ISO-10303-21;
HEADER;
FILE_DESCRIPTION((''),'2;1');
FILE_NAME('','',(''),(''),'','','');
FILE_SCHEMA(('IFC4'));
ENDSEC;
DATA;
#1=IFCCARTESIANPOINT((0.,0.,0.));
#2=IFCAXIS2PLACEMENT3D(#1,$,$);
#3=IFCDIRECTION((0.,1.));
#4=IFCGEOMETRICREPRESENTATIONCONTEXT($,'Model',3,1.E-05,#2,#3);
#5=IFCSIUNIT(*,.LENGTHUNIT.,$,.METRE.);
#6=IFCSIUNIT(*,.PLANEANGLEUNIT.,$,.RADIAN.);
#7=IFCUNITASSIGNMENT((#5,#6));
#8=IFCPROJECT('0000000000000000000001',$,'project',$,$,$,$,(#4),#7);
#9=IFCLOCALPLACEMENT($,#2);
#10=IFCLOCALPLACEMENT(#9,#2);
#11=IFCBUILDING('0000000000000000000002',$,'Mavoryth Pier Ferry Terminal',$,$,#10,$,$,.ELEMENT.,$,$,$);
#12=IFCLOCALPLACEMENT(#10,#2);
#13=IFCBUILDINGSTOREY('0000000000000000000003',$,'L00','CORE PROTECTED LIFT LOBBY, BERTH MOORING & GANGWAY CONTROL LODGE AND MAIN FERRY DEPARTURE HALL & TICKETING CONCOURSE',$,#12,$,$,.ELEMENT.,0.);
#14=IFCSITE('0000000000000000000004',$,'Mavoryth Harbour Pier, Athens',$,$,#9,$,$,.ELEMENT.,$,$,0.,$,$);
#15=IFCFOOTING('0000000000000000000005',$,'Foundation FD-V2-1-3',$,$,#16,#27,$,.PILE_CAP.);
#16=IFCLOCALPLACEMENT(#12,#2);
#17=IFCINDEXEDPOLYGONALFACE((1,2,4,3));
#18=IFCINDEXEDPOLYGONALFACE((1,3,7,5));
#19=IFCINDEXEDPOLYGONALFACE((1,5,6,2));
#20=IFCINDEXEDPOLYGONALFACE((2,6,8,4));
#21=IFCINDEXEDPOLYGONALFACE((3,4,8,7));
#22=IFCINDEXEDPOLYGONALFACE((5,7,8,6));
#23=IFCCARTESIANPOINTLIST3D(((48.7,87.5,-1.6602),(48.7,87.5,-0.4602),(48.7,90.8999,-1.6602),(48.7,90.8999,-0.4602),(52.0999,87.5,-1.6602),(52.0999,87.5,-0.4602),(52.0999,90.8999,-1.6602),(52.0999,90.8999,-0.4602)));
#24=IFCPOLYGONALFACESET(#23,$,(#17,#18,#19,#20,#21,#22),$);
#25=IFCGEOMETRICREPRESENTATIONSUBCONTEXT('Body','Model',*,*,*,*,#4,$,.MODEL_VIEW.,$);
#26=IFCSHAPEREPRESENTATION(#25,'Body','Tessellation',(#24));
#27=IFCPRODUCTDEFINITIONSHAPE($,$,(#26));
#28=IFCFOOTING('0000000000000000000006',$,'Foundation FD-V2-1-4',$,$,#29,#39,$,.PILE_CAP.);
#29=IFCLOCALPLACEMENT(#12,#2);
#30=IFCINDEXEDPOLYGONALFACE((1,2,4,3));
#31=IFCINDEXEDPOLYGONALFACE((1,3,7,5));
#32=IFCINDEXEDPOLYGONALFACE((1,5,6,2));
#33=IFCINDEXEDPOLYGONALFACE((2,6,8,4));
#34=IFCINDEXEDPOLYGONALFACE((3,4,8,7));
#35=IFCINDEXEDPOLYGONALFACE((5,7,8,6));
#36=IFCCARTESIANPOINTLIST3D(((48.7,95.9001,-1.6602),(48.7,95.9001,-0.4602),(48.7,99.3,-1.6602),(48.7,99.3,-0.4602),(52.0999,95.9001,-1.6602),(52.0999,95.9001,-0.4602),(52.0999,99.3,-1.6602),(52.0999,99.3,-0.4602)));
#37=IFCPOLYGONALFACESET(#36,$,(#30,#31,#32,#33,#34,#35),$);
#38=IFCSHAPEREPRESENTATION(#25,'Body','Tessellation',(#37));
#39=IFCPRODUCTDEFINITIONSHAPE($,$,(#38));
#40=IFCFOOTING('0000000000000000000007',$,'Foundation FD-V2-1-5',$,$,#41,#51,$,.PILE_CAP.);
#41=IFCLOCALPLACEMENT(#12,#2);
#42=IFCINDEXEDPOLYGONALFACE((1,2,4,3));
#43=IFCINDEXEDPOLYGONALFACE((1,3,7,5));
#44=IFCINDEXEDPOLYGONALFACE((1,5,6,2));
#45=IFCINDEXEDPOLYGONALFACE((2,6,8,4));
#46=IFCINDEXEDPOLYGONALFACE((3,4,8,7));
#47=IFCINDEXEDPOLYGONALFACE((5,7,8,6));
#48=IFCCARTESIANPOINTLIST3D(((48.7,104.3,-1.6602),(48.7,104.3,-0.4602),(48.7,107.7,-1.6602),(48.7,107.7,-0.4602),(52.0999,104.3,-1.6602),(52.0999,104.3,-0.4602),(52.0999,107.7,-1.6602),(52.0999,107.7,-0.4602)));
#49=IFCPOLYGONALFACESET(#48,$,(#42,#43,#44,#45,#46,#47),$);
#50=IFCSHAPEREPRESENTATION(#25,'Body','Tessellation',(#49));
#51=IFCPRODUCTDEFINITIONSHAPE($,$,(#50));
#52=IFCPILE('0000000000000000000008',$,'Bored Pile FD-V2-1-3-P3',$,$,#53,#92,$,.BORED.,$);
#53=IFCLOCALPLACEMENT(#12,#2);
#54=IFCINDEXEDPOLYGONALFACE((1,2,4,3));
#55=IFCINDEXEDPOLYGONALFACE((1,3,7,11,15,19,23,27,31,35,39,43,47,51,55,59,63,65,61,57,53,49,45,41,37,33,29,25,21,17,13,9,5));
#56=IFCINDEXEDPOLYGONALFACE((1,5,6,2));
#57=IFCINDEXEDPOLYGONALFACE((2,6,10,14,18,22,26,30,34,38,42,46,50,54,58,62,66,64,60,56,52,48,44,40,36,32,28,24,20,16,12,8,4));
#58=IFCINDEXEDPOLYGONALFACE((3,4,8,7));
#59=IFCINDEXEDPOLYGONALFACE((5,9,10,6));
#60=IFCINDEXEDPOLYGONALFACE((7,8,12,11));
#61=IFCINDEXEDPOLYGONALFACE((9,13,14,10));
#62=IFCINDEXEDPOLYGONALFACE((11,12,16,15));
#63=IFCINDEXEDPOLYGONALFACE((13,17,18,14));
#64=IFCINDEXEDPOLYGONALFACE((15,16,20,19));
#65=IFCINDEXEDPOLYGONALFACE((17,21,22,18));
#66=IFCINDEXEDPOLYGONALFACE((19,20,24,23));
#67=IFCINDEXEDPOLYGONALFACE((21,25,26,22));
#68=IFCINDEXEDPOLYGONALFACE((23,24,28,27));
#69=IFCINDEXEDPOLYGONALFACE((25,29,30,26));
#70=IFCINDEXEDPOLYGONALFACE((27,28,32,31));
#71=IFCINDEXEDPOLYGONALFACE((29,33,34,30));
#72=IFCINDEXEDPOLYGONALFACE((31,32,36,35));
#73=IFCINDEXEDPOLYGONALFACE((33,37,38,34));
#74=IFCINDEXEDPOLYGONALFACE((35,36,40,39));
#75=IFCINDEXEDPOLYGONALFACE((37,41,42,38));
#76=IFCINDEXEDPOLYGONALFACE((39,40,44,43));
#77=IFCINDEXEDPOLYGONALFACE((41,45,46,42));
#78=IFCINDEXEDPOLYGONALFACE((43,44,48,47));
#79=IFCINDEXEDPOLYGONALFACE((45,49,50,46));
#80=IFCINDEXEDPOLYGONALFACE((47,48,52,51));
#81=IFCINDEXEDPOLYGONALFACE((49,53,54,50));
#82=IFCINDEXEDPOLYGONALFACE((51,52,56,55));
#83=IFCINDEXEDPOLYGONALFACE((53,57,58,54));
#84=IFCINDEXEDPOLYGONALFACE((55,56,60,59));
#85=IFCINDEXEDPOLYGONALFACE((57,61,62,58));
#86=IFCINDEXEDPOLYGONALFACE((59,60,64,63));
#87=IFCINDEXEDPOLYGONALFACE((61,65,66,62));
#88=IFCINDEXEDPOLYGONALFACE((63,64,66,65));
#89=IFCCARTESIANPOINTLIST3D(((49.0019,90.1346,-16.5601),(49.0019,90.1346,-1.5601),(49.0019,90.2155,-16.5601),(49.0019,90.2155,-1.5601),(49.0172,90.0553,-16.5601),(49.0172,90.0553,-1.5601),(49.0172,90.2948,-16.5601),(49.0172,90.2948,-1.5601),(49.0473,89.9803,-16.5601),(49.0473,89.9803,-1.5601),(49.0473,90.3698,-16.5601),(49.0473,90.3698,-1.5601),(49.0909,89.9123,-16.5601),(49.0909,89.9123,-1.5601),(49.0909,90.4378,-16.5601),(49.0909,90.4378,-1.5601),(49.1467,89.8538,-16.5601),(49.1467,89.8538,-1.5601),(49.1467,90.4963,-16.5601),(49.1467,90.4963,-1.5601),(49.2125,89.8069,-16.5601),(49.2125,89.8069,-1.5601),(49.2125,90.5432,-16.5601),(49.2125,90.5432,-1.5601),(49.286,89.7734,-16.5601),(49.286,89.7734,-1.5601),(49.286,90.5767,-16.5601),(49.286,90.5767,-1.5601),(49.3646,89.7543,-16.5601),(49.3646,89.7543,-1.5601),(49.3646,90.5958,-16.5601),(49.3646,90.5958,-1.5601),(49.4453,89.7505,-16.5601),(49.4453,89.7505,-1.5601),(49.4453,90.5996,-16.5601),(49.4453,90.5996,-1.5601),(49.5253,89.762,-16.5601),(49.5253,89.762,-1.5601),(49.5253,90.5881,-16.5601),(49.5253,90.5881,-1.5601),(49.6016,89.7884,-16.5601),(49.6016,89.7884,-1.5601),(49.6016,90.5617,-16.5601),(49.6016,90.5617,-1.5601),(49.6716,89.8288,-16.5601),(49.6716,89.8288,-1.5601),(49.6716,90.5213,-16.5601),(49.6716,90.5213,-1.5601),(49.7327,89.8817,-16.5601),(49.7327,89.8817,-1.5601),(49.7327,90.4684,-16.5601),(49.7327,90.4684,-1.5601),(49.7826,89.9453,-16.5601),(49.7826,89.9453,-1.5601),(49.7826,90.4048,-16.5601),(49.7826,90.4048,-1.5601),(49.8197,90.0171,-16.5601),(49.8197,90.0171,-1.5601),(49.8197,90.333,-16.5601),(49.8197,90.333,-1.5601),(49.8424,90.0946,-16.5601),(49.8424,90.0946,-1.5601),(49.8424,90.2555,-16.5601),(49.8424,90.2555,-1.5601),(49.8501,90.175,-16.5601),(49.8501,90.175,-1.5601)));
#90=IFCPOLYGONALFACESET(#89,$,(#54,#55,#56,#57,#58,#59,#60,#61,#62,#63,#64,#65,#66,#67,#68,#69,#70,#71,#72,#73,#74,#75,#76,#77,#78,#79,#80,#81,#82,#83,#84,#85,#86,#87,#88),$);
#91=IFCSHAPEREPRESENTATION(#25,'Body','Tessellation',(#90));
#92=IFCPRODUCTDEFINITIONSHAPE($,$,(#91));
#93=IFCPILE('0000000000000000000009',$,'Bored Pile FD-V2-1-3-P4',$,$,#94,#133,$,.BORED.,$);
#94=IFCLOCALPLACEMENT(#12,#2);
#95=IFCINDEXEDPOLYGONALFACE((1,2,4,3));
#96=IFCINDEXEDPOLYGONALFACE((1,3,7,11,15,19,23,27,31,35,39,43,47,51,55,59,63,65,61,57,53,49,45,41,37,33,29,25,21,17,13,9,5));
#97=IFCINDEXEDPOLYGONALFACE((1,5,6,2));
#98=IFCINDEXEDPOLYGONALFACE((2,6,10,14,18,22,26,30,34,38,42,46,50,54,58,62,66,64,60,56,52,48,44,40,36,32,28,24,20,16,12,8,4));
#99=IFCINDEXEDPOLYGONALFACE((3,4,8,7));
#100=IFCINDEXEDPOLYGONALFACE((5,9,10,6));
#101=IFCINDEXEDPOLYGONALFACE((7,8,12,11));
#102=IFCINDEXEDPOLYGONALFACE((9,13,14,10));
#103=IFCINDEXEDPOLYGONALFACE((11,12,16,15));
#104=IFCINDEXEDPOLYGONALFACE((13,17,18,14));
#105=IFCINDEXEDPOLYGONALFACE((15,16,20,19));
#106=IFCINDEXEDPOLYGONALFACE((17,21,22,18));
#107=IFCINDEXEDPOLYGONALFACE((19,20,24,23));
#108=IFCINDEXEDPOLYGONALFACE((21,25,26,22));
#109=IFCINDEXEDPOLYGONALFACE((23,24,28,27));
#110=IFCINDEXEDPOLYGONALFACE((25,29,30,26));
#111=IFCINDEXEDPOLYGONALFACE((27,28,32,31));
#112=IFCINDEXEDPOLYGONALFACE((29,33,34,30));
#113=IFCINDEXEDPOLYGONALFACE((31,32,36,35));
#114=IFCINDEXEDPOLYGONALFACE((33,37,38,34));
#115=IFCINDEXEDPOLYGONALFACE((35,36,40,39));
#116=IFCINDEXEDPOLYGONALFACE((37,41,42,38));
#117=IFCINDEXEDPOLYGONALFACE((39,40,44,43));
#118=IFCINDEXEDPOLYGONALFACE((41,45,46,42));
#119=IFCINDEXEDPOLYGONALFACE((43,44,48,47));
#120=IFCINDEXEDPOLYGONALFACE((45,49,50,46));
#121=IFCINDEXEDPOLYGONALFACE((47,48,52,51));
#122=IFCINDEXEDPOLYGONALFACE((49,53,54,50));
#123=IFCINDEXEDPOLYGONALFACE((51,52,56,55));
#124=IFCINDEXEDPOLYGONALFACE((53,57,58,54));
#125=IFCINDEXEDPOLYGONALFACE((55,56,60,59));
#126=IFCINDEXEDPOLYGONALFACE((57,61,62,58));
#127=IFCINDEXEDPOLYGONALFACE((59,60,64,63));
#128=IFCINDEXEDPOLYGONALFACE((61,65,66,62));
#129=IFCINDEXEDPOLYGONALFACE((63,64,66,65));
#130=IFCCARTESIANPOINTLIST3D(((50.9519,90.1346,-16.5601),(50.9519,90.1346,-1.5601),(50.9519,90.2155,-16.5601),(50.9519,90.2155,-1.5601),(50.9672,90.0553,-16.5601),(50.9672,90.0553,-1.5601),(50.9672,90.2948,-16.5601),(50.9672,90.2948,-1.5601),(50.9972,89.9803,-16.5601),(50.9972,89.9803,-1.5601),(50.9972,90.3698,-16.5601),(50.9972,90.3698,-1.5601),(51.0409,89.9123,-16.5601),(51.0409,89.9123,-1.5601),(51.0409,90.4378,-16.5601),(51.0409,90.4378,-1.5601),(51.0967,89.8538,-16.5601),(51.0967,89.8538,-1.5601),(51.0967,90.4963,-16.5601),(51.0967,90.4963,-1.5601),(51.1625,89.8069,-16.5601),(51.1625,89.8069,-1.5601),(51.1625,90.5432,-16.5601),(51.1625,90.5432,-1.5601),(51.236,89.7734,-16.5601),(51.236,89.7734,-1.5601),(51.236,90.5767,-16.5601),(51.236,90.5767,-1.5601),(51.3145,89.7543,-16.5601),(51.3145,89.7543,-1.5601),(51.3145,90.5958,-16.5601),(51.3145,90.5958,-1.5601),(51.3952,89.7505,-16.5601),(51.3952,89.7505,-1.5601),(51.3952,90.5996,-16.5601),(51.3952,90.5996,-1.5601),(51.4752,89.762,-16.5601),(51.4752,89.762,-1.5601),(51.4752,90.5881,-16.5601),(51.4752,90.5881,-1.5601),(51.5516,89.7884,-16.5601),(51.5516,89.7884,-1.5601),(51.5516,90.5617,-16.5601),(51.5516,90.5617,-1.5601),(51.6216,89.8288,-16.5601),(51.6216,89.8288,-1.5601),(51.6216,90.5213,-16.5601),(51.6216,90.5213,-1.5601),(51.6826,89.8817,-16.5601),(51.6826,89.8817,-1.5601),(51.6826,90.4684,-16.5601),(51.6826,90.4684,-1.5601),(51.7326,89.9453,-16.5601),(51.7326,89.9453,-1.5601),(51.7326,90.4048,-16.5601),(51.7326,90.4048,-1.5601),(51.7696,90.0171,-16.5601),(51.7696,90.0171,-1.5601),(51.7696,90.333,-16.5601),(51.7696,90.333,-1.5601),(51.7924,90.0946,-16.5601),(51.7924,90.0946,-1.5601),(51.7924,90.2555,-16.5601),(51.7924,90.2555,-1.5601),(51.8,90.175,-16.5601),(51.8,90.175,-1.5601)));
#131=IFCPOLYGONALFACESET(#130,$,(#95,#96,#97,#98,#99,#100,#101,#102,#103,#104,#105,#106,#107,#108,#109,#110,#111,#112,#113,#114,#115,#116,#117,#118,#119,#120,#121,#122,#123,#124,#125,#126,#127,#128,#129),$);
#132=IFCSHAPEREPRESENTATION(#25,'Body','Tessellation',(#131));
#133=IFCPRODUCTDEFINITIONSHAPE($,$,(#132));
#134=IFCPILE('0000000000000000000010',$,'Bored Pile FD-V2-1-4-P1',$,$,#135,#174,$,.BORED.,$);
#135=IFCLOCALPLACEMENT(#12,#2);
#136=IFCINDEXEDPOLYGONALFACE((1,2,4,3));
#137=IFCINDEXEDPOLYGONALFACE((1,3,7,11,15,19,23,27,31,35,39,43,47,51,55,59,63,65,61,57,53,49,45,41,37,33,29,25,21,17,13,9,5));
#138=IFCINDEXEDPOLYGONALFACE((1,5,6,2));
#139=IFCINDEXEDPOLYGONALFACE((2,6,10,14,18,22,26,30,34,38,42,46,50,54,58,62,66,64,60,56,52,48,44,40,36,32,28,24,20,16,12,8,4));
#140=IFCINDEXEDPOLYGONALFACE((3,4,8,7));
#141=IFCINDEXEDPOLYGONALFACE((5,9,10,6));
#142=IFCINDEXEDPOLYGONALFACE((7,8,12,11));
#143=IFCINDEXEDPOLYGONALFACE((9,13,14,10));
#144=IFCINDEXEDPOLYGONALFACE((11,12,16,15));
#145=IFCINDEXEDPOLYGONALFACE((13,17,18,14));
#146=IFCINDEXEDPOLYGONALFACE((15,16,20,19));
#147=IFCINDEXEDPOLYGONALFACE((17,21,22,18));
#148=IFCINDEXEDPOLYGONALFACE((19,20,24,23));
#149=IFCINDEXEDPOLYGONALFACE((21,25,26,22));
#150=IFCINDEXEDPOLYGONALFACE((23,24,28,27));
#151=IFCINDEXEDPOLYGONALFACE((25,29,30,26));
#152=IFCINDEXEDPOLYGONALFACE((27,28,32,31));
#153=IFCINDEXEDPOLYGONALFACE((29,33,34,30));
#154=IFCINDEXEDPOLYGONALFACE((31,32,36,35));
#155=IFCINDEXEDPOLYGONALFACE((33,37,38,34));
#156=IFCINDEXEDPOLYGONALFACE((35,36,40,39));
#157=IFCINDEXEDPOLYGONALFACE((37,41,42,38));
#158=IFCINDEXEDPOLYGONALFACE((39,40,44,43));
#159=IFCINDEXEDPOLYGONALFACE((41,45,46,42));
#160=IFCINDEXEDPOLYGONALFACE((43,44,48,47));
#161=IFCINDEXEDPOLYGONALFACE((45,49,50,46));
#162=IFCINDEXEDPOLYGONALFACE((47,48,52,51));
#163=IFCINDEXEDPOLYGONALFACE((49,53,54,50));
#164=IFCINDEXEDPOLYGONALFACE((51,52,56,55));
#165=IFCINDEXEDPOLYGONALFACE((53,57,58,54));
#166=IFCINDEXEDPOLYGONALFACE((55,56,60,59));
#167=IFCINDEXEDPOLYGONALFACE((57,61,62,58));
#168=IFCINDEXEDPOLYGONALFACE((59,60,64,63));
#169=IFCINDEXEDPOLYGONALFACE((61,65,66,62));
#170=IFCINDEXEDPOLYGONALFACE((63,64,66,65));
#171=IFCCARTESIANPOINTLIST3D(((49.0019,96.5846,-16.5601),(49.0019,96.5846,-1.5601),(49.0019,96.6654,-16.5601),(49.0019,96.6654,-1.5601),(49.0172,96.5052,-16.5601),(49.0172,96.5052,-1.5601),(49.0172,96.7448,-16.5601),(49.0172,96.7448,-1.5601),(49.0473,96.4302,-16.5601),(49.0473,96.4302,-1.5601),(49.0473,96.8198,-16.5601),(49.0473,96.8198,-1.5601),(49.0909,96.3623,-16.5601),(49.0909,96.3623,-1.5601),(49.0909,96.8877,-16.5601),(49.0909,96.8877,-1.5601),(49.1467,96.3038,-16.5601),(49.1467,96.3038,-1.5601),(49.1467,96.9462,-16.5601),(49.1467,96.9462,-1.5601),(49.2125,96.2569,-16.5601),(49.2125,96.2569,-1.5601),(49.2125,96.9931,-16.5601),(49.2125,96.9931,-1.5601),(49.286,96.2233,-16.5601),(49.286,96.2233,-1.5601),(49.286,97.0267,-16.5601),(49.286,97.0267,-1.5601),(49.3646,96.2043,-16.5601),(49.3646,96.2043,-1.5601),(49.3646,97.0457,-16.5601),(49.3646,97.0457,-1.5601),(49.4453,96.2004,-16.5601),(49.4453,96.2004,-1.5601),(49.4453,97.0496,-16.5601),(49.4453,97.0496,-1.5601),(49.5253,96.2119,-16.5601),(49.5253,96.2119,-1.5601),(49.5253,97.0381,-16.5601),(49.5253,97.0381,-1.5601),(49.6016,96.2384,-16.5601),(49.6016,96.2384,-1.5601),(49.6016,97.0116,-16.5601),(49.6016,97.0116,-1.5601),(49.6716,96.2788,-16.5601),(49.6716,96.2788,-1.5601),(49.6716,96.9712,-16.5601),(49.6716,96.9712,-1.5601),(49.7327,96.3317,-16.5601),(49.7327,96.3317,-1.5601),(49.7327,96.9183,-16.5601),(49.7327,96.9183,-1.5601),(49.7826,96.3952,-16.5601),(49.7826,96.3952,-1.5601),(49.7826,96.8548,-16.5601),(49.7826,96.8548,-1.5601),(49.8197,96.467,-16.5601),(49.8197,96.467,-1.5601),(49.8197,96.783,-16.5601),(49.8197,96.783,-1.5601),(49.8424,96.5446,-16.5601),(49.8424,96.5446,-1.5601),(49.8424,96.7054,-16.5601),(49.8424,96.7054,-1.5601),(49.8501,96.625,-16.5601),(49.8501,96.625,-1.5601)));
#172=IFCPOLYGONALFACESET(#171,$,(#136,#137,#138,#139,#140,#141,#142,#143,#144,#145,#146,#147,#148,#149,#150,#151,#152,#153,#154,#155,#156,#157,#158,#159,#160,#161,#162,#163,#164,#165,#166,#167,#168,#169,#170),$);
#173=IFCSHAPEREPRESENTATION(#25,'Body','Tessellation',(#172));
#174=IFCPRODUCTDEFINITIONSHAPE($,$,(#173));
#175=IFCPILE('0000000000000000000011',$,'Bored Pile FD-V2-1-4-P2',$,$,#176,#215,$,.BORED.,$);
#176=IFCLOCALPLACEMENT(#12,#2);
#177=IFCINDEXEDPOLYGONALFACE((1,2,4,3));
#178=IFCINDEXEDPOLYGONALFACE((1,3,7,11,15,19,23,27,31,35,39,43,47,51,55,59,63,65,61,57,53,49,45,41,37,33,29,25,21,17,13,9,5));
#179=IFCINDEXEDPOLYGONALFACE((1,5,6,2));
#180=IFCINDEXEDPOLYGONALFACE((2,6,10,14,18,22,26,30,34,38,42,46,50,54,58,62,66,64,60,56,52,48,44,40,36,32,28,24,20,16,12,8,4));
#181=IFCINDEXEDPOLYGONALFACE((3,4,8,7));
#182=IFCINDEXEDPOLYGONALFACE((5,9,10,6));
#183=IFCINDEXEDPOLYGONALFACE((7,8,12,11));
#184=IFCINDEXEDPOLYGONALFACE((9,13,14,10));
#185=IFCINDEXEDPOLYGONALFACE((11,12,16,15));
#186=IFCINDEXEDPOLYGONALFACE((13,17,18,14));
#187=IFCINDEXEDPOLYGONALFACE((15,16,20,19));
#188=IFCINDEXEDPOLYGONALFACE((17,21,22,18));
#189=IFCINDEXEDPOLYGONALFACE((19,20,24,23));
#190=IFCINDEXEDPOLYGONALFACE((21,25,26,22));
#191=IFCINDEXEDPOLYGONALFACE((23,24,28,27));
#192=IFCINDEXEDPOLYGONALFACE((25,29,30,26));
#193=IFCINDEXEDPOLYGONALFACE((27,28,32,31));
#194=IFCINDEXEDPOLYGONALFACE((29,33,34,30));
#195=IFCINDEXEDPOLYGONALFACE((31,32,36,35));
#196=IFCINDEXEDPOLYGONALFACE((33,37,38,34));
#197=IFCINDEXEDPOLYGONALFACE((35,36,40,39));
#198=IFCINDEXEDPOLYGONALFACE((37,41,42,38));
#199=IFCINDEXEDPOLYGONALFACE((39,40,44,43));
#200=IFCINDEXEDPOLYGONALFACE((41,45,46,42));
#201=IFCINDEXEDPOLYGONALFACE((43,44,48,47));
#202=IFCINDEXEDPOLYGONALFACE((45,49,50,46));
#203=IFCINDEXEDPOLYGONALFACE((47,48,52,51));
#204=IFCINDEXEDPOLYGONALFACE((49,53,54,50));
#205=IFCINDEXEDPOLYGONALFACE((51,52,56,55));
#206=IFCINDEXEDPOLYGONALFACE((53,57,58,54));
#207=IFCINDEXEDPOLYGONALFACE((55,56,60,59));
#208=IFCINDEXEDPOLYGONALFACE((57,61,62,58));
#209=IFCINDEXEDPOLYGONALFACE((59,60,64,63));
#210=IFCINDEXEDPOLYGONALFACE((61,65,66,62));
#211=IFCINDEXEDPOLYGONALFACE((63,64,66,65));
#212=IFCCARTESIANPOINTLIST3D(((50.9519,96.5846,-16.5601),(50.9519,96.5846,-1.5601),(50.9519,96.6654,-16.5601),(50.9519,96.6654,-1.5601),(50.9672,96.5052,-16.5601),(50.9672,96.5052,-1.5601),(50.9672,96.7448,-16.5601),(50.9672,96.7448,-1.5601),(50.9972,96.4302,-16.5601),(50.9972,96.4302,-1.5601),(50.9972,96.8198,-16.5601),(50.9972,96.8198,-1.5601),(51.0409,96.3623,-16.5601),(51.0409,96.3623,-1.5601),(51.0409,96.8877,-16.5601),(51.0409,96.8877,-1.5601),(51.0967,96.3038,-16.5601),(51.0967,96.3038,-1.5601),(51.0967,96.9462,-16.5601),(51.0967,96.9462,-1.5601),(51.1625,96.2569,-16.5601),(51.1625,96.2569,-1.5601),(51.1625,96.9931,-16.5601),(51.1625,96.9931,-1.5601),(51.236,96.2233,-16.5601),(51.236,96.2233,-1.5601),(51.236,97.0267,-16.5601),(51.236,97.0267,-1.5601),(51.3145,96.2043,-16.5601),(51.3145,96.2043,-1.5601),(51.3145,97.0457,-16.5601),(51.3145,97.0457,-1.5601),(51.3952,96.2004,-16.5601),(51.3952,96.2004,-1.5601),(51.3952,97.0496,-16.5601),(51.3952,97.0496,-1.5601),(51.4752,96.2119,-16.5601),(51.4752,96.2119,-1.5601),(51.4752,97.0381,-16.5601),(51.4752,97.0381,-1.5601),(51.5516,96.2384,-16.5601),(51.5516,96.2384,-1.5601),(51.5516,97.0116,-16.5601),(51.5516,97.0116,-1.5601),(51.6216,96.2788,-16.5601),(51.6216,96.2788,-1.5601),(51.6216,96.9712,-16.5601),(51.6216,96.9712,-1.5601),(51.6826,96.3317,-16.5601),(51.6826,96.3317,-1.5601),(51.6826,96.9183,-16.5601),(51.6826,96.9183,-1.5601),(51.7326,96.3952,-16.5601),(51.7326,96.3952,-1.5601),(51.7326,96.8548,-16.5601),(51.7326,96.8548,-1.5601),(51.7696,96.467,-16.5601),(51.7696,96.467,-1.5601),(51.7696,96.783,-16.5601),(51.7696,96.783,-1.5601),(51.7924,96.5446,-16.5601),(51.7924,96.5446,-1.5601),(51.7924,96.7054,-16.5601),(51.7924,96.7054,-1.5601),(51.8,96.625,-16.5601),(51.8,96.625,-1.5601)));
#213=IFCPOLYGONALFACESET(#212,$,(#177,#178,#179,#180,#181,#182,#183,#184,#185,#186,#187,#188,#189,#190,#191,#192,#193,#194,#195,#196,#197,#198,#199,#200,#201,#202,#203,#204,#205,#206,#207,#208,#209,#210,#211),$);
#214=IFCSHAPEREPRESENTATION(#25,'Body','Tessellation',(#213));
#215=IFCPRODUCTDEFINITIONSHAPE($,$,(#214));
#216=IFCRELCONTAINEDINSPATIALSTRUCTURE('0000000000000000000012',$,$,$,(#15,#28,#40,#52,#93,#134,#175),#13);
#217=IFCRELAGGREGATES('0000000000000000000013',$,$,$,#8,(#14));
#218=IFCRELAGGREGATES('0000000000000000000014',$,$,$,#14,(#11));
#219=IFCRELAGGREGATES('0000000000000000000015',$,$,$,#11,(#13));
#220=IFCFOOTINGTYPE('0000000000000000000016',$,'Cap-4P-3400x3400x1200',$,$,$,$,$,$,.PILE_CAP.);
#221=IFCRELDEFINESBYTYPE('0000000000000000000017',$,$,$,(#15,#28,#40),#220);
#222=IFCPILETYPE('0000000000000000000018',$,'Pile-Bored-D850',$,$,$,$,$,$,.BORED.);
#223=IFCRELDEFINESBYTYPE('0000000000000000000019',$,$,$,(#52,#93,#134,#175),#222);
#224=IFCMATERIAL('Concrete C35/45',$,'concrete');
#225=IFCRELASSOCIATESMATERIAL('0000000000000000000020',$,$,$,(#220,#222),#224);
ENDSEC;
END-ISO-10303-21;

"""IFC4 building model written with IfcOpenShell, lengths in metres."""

from ifc_helpers import new_model, si_unit, direction, frame, origin, origin_2d, place, context, subcontext, project, spatial, rectangle, circle, extrude, material, material_profile, profile_set, type_object, element, save


model = new_model("IFC4")

# Units and contexts
model_context = context("Model", 3, precision=1e-05, world=origin(), true_north=direction((0.0, 1.0)))
body_context = subcontext(model_context, "Body", "Model", "MODEL_VIEW")
ifc_project = project(units=[si_unit("LENGTHUNIT", "METRE"), si_unit("PLANEANGLEUNIT", "RADIAN")], contexts=[model_context])

# Site, building, storey
site_placement = place(None, origin())
site = spatial("IfcSite", under=ifc_project, at=site_placement, Name="Mavoryth Harbour Pier, Athens", CompositionType="ELEMENT", RefElevation=0.0)
building_placement = place(site_placement, origin())
building = spatial("IfcBuilding", under=site, at=building_placement, Name="Mavoryth Pier Ferry Terminal", CompositionType="ELEMENT")
storey_placement = place(building_placement, origin())
storey = spatial("IfcBuildingStorey", under=building, at=storey_placement, Name="L00", Description="CORE PROTECTED LIFT LOBBY, BERTH MOORING & GANGWAY CONTROL LODGE AND MAIN FERRY DEPARTURE HALL & TICKETING CONCOURSE", CompositionType="ELEMENT", Elevation=0.0)

# Footings
ifc_material_1 = material(Name="Concrete C35/45", Category="concrete")
footing_type_1 = type_object("IfcFootingType", Name="Cap-4P-3400x3400x1200", PredefinedType="PILE_CAP", material=ifc_material_1)
for number, where, z_axis, x_axis, name in (
    (1, (50.3999, 89.2, -1.6602), (0.0, 0.0, 1.0), (1.0, 0.0, 0.0), "Foundation FD-V2-1-3"),
    (2, (50.3999, 97.6001, -1.6602), (0.0, 0.0, 1.0), (1.0, 0.0, 0.0), "Foundation FD-V2-1-4"),
    (3, (50.3999, 106.0, -1.6602), (0.0, 0.0, 1.0), (1.0, 0.0, 0.0), "Foundation FD-V2-1-5"),
):
    element("IfcFooting", number, at=place(storey_placement, frame(where, z_axis=z_axis, x_axis=x_axis)), inside=storey, type_object=footing_type_1, Name=name, PredefinedType="PILE_CAP", context=body_context, shape_type="SweptSolid", body=[
        extrude(rectangle(XDim=3.3999, YDim=3.3999, at=origin_2d()), origin(), (0.0, 0.0, 1.0), 1.2),
    ])

# Piles
ifc_material_profile_1 = material_profile(ifc_material_1, circle(Radius=0.425, at=origin_2d()), Name="PILE D850", Category="concrete")
ifc_profile_set_1 = profile_set([ifc_material_profile_1], Name="Concrete C35/45 - PILE D850")
pile_type = type_object("IfcPileType", Name="Pile-Bored-D850", PredefinedType="BORED", material=ifc_profile_set_1)
for number, where, z_axis, x_axis, name in (
    (4, (49.425, 90.175, -1.5601), (0.0, 0.0, -1.0), (1.0, 0.0, 0.0), "Bored Pile FD-V2-1-3-P3"),
    (5, (51.375, 90.175, -1.5601), (0.0, 0.0, -1.0), (1.0, 0.0, 0.0), "Bored Pile FD-V2-1-3-P4"),
    (6, (49.425, 96.625, -1.5601), (0.0, 0.0, -1.0), (1.0, 0.0, 0.0), "Bored Pile FD-V2-1-4-P1"),
    (7, (51.375, 96.625, -1.5601), (0.0, 0.0, -1.0), (1.0, 0.0, 0.0), "Bored Pile FD-V2-1-4-P2"),
):
    element("IfcPile", number, at=place(storey_placement, frame(where, z_axis=z_axis, x_axis=x_axis)), inside=storey, type_object=pile_type, Name=name, PredefinedType="BORED", context=body_context, shape_type="SweptSolid", body=[
        extrude(circle(Radius=0.425, at=origin_2d()), origin(), (0.0, 0.0, 1.0), 15.0),
    ])

save(model, "model.ifc")
